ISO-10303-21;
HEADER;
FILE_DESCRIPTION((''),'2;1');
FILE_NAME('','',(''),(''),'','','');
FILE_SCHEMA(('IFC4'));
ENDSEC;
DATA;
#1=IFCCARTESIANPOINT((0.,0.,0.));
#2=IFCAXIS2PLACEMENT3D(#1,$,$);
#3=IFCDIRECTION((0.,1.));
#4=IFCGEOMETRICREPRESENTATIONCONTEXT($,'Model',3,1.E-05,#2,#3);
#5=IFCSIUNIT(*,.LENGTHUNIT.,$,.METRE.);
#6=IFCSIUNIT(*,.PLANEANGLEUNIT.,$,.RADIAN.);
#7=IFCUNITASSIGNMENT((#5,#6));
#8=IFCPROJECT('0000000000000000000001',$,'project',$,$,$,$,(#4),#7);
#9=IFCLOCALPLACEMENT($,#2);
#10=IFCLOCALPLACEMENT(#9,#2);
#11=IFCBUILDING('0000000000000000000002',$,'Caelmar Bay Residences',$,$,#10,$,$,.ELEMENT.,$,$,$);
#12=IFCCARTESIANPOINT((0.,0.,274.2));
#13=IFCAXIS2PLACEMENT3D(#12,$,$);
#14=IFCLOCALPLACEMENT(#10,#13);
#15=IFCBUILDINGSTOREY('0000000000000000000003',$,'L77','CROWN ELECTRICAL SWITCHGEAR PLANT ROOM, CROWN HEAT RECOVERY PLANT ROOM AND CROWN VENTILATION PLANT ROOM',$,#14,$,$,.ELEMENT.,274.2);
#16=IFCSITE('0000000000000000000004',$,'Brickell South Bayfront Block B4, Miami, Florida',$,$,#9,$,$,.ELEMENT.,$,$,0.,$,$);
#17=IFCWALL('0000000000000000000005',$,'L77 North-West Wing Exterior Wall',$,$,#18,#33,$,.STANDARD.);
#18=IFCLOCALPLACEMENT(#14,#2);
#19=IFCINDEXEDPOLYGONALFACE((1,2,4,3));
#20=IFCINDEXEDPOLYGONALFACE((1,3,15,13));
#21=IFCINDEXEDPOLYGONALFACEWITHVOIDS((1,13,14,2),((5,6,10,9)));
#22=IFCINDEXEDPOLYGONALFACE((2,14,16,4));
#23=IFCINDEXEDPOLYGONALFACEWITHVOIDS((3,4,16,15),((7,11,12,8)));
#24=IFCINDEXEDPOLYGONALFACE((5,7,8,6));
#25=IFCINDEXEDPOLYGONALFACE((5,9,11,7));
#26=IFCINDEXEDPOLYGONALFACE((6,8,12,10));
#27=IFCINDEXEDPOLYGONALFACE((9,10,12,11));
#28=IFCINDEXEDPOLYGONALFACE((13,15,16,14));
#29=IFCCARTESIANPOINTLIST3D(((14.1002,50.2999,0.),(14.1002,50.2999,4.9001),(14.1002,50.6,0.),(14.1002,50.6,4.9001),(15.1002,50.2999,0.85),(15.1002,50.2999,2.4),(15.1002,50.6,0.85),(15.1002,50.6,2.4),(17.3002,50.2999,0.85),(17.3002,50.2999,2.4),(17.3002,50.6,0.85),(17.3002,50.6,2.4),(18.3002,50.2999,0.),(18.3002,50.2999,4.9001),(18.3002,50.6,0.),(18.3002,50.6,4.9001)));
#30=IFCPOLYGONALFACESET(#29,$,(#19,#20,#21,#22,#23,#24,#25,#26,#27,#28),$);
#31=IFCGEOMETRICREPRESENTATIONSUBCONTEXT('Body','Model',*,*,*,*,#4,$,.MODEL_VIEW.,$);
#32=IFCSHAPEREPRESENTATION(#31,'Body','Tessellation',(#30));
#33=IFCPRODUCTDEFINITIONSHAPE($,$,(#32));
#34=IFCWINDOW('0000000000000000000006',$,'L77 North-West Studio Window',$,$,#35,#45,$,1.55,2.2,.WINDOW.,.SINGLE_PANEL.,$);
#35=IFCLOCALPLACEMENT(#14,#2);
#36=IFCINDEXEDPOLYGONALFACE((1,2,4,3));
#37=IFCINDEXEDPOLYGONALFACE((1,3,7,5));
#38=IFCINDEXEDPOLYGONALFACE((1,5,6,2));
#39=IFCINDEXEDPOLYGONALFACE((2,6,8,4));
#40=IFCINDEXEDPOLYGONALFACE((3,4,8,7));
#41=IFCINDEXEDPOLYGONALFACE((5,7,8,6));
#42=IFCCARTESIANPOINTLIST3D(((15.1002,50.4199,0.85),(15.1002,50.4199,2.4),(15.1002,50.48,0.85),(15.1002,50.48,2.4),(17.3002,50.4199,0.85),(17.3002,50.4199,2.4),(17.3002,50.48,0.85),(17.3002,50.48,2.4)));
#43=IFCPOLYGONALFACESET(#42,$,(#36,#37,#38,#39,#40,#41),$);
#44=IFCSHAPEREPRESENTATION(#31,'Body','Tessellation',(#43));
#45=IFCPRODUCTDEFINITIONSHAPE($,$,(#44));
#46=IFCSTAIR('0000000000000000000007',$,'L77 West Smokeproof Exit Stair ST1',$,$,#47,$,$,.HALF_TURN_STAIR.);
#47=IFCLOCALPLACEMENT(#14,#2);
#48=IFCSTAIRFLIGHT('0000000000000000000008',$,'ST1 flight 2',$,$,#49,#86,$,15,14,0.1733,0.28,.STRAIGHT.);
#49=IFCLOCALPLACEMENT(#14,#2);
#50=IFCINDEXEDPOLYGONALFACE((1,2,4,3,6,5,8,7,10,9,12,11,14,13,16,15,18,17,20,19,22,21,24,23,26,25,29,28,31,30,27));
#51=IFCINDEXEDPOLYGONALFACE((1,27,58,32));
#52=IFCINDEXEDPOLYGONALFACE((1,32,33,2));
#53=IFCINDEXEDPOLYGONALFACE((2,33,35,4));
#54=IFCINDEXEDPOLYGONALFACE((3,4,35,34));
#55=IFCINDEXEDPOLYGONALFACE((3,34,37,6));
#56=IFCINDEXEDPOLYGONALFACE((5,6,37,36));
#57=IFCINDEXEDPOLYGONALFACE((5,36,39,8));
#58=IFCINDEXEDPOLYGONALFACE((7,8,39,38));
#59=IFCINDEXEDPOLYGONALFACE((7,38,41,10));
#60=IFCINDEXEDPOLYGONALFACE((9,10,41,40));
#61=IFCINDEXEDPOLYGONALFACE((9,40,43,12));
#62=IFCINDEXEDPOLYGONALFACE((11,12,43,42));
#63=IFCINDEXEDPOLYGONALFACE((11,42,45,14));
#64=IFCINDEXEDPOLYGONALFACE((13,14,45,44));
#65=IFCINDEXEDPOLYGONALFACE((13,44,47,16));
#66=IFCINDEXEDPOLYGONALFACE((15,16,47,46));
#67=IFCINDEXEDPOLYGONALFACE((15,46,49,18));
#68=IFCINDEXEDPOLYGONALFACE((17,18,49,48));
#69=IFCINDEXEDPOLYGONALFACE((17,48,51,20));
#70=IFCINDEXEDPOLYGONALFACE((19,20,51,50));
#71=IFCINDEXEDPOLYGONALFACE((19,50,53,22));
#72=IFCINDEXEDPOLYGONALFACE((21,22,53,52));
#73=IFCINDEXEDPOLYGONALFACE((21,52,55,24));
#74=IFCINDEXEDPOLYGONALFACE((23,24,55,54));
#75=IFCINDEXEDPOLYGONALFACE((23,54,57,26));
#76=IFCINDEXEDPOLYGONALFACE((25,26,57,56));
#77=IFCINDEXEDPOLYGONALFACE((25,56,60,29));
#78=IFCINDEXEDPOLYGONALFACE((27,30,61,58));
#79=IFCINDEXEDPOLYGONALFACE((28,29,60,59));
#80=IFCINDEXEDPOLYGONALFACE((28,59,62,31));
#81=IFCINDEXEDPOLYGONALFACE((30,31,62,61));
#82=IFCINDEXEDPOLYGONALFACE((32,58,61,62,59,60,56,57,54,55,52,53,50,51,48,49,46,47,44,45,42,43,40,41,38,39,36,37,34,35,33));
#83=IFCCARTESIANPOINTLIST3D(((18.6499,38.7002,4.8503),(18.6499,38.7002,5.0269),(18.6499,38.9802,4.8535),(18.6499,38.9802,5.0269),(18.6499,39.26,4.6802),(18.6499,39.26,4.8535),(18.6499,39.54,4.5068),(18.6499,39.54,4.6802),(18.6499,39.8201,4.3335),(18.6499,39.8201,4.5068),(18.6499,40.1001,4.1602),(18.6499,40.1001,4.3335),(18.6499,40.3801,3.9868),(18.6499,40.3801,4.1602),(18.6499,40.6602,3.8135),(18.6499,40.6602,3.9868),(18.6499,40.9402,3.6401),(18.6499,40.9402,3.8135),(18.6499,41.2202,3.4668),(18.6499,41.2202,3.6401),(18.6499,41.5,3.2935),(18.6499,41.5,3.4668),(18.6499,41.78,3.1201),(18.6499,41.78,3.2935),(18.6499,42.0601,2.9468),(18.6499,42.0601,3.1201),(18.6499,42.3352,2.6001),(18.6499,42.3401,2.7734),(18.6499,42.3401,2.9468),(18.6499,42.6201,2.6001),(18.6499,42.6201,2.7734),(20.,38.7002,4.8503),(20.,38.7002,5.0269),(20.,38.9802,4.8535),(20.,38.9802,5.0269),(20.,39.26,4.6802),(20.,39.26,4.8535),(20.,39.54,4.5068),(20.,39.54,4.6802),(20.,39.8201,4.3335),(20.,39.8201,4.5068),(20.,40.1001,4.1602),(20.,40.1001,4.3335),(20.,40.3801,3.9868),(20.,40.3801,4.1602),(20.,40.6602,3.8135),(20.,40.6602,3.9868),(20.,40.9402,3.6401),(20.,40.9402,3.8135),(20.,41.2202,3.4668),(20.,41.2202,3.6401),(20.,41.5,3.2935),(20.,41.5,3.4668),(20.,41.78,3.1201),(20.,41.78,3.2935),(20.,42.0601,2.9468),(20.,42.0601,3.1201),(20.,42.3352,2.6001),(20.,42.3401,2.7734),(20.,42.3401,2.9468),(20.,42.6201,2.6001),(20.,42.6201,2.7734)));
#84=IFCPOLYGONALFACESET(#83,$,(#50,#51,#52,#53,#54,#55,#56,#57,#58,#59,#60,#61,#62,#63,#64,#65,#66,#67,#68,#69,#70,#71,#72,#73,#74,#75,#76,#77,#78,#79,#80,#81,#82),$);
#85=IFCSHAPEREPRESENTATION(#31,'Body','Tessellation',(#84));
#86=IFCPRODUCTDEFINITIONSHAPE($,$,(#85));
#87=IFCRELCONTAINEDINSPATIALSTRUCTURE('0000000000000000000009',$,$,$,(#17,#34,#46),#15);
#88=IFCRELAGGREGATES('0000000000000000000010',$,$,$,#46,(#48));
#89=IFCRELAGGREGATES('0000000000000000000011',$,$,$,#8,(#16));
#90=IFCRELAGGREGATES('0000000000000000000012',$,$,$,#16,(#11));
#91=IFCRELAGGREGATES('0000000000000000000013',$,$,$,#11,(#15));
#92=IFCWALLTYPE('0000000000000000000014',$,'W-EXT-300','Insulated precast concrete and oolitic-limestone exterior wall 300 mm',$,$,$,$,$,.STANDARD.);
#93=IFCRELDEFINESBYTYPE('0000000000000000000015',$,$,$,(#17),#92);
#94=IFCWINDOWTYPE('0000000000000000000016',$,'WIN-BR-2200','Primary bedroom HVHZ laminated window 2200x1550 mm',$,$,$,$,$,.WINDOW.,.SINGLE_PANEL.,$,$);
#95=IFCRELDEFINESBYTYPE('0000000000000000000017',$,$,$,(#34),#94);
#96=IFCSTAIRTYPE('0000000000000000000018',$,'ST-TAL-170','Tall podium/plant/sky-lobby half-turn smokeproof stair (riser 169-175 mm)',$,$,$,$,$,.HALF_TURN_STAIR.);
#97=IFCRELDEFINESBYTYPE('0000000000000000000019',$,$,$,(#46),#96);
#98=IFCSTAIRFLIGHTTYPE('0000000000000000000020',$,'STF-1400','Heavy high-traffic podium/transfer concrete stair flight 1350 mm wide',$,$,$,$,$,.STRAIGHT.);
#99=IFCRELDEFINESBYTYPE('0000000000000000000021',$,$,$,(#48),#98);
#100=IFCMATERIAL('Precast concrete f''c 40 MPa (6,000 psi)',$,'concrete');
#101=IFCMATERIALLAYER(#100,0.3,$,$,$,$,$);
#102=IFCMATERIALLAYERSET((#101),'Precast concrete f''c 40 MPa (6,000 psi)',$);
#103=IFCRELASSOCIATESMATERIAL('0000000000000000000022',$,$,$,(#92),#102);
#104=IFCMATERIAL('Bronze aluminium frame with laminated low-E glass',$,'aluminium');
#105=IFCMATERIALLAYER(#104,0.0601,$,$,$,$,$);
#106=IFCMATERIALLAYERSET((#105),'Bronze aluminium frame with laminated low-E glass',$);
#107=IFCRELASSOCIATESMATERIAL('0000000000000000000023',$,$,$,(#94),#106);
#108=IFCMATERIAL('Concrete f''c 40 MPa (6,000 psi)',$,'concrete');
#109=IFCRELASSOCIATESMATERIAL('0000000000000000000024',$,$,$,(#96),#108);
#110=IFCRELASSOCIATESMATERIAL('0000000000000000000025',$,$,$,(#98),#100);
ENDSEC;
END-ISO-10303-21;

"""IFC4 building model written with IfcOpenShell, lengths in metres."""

from ifc_helpers import new_model, si_unit, direction, frame, frame_2d, origin, place, context, subcontext, project, spatial, polyline, rectangle, outline, extrude, material, layer, layer_set, type_object, element, fill, aggregate, save


model = new_model("IFC4")

# Units and contexts
model_context = context("Model", 3, precision=1e-05, world=origin(), true_north=direction((0.0, 1.0)))
body_context = subcontext(model_context, "Body", "Model", "MODEL_VIEW")
ifc_project = project(units=[si_unit("LENGTHUNIT", "METRE"), si_unit("PLANEANGLEUNIT", "RADIAN")], contexts=[model_context])

# Site, building, storey
site_placement = place(None, origin())
site = spatial("IfcSite", under=ifc_project, at=site_placement, Name="Brickell South Bayfront Block B4, Miami, Florida", CompositionType="ELEMENT", RefElevation=0.0)
building_placement = place(site_placement, origin())
building = spatial("IfcBuilding", under=site, at=building_placement, Name="Caelmar Bay Residences", CompositionType="ELEMENT")
storey_placement = place(building_placement, frame((0.0, 0.0, 274.2)))
storey = spatial("IfcBuildingStorey", under=building, at=storey_placement, Name="L77", Description="CROWN ELECTRICAL SWITCHGEAR PLANT ROOM, CROWN HEAT RECOVERY PLANT ROOM AND CROWN VENTILATION PLANT ROOM", CompositionType="ELEMENT", Elevation=274.2)

# Shared definitions
ifc_material_1 = material(Name="Precast concrete f'c 40 MPa (6,000 psi)", Category="concrete")

# Wall, opening, window
ifc_layer_1 = layer(ifc_material_1, 0.3)
ifc_layer_set_1 = layer_set([ifc_layer_1], Name="Precast concrete f'c 40 MPa (6,000 psi)")
wall_type_1 = type_object("IfcWallType", Name="W-EXT-300", Description="Insulated precast concrete and oolitic-limestone exterior wall 300 mm", PredefinedType="STANDARD", material=ifc_layer_set_1)
wall_1_placement = place(storey_placement, frame((14.1001, 50.45, 0.0), z_axis=(0.0, 0.0, 1.0), x_axis=(1.0, 0.0, 0.0)))
wall_1 = element("IfcWall", 1, at=wall_1_placement, inside=storey, type_object=wall_type_1, Name="L77 North-West Wing Exterior Wall", PredefinedType="STANDARD", context=body_context, shape_type="SweptSolid", body=[
    extrude(rectangle(XDim=4.2, YDim=0.3, at=frame_2d((2.1001, 0.0))), origin(), (0.0, 0.0, 1.0), 4.9001),
])
opening_1_placement = place(wall_1_placement, frame((1.0, 0.0, 0.8501)))
opening_1 = element("IfcOpeningElement", 2, at=opening_1_placement, cuts=wall_1, PredefinedType="OPENING", context=body_context, shape_type="SweptSolid", body=[
    extrude(rectangle(XDim=2.2, YDim=1.55, at=frame_2d((1.1001, 0.7749))), frame((0.0, 0.1599, 0.0), z_axis=(0.0, -1.0, 0.0), x_axis=(1.0, 0.0, 0.0)), (0.0, 0.0, 1.0), 0.3201),
])
ifc_material_2 = material(Name="Bronze aluminium frame with laminated low-E glass", Category="aluminium")
ifc_layer_2 = layer(ifc_material_2, 0.0601)
ifc_layer_set_2 = layer_set([ifc_layer_2], Name="Bronze aluminium frame with laminated low-E glass")
window_type = type_object("IfcWindowType", Name="WIN-BR-2200", Description="Primary bedroom HVHZ laminated window 2200x1550 mm", PartitioningType="SINGLE_PANEL", PredefinedType="WINDOW", material=ifc_layer_set_2)
window_placement = place(opening_1_placement, origin())
window = element("IfcWindow", 3, at=window_placement, inside=storey, type_object=window_type, Name="L77 North-West Studio Window", OverallHeight=1.55, OverallWidth=2.2, PartitioningType="SINGLE_PANEL", PredefinedType="WINDOW", context=body_context, shape_type="SweptSolid", body=[
    extrude(rectangle(XDim=2.2, YDim=1.55, at=frame_2d((1.1001, 0.7749))), frame((0.0, 0.03, 0.0), z_axis=(0.0, -1.0, 0.0), x_axis=(1.0, 0.0, 0.0)), (0.0, 0.0, 1.0), 0.0601),
])
fill(opening_1, window)

# Stair, stair flight
ifc_material_3 = material(Name="Concrete f'c 40 MPa (6,000 psi)", Category="concrete")
stair_type = type_object("IfcStairType", Name="ST-TAL-170", Description="Tall podium/plant/sky-lobby half-turn smokeproof stair (riser 169-175 mm)", PredefinedType="HALF_TURN_STAIR", material=ifc_material_3)
stair_placement = place(storey_placement, origin())
stair = element("IfcStair", 4, at=stair_placement, inside=storey, type_object=stair_type, Name="L77 West Smokeproof Exit Stair ST1", PredefinedType="HALF_TURN_STAIR")
stair_flight_type = type_object("IfcStairFlightType", Name="STF-1400", Description="Heavy high-traffic podium/transfer concrete stair flight 1350 mm wide", PredefinedType="STRAIGHT", material=ifc_material_1)
stair_flight_placement = place(storey_placement, frame((19.325, 42.6201, 2.6001), z_axis=(0.0, 0.0, 1.0), x_axis=(0.0, -1.0, 0.0)))
stair_flight = element("IfcStairFlight", 5, at=stair_flight_placement, type_object=stair_flight_type, Name="ST1 flight 2", NumberOfRisers=15, NumberOfTreads=14, PredefinedType="STRAIGHT", RiserHeight=0.1733, TreadLength=0.28, context=body_context, shape_type="SweptSolid", body=[
    extrude(outline(polyline([(0.0, 0.0), (0.0, 0.1733), (0.28, 0.1733), (0.28, 0.3467), (0.5601, 0.3467), (0.5601, 0.52), (0.8401, 0.52), (0.8401, 0.6934), (1.1201, 0.6934), (1.1201, 0.8667), (1.3999, 0.8667), (1.3999, 1.04), (1.6799, 1.04), (1.6799, 1.2134), (1.96, 1.2134), (1.96, 1.3867), (2.24, 1.3867), (2.24, 1.5601), (2.52, 1.5601), (2.52, 1.7334), (2.8, 1.7334), (2.8, 1.9067), (3.0801, 1.9067), (3.0801, 2.0801), (3.3601, 2.0801), (3.3601, 2.2534), (3.6399, 2.2534), (3.6399, 2.4268), (3.9199, 2.4268), (3.9199, 2.6001), (3.9199, 2.2502), (0.2849, 0.0), (0.0, 0.0)])), frame((0.0, 0.675, 0.0), z_axis=(0.0, -1.0, 0.0), x_axis=(1.0, 0.0, 0.0)), (0.0, 0.0, 1.0), 1.3501),
])
aggregate(stair, [stair_flight])

save(model, "model.ifc")
